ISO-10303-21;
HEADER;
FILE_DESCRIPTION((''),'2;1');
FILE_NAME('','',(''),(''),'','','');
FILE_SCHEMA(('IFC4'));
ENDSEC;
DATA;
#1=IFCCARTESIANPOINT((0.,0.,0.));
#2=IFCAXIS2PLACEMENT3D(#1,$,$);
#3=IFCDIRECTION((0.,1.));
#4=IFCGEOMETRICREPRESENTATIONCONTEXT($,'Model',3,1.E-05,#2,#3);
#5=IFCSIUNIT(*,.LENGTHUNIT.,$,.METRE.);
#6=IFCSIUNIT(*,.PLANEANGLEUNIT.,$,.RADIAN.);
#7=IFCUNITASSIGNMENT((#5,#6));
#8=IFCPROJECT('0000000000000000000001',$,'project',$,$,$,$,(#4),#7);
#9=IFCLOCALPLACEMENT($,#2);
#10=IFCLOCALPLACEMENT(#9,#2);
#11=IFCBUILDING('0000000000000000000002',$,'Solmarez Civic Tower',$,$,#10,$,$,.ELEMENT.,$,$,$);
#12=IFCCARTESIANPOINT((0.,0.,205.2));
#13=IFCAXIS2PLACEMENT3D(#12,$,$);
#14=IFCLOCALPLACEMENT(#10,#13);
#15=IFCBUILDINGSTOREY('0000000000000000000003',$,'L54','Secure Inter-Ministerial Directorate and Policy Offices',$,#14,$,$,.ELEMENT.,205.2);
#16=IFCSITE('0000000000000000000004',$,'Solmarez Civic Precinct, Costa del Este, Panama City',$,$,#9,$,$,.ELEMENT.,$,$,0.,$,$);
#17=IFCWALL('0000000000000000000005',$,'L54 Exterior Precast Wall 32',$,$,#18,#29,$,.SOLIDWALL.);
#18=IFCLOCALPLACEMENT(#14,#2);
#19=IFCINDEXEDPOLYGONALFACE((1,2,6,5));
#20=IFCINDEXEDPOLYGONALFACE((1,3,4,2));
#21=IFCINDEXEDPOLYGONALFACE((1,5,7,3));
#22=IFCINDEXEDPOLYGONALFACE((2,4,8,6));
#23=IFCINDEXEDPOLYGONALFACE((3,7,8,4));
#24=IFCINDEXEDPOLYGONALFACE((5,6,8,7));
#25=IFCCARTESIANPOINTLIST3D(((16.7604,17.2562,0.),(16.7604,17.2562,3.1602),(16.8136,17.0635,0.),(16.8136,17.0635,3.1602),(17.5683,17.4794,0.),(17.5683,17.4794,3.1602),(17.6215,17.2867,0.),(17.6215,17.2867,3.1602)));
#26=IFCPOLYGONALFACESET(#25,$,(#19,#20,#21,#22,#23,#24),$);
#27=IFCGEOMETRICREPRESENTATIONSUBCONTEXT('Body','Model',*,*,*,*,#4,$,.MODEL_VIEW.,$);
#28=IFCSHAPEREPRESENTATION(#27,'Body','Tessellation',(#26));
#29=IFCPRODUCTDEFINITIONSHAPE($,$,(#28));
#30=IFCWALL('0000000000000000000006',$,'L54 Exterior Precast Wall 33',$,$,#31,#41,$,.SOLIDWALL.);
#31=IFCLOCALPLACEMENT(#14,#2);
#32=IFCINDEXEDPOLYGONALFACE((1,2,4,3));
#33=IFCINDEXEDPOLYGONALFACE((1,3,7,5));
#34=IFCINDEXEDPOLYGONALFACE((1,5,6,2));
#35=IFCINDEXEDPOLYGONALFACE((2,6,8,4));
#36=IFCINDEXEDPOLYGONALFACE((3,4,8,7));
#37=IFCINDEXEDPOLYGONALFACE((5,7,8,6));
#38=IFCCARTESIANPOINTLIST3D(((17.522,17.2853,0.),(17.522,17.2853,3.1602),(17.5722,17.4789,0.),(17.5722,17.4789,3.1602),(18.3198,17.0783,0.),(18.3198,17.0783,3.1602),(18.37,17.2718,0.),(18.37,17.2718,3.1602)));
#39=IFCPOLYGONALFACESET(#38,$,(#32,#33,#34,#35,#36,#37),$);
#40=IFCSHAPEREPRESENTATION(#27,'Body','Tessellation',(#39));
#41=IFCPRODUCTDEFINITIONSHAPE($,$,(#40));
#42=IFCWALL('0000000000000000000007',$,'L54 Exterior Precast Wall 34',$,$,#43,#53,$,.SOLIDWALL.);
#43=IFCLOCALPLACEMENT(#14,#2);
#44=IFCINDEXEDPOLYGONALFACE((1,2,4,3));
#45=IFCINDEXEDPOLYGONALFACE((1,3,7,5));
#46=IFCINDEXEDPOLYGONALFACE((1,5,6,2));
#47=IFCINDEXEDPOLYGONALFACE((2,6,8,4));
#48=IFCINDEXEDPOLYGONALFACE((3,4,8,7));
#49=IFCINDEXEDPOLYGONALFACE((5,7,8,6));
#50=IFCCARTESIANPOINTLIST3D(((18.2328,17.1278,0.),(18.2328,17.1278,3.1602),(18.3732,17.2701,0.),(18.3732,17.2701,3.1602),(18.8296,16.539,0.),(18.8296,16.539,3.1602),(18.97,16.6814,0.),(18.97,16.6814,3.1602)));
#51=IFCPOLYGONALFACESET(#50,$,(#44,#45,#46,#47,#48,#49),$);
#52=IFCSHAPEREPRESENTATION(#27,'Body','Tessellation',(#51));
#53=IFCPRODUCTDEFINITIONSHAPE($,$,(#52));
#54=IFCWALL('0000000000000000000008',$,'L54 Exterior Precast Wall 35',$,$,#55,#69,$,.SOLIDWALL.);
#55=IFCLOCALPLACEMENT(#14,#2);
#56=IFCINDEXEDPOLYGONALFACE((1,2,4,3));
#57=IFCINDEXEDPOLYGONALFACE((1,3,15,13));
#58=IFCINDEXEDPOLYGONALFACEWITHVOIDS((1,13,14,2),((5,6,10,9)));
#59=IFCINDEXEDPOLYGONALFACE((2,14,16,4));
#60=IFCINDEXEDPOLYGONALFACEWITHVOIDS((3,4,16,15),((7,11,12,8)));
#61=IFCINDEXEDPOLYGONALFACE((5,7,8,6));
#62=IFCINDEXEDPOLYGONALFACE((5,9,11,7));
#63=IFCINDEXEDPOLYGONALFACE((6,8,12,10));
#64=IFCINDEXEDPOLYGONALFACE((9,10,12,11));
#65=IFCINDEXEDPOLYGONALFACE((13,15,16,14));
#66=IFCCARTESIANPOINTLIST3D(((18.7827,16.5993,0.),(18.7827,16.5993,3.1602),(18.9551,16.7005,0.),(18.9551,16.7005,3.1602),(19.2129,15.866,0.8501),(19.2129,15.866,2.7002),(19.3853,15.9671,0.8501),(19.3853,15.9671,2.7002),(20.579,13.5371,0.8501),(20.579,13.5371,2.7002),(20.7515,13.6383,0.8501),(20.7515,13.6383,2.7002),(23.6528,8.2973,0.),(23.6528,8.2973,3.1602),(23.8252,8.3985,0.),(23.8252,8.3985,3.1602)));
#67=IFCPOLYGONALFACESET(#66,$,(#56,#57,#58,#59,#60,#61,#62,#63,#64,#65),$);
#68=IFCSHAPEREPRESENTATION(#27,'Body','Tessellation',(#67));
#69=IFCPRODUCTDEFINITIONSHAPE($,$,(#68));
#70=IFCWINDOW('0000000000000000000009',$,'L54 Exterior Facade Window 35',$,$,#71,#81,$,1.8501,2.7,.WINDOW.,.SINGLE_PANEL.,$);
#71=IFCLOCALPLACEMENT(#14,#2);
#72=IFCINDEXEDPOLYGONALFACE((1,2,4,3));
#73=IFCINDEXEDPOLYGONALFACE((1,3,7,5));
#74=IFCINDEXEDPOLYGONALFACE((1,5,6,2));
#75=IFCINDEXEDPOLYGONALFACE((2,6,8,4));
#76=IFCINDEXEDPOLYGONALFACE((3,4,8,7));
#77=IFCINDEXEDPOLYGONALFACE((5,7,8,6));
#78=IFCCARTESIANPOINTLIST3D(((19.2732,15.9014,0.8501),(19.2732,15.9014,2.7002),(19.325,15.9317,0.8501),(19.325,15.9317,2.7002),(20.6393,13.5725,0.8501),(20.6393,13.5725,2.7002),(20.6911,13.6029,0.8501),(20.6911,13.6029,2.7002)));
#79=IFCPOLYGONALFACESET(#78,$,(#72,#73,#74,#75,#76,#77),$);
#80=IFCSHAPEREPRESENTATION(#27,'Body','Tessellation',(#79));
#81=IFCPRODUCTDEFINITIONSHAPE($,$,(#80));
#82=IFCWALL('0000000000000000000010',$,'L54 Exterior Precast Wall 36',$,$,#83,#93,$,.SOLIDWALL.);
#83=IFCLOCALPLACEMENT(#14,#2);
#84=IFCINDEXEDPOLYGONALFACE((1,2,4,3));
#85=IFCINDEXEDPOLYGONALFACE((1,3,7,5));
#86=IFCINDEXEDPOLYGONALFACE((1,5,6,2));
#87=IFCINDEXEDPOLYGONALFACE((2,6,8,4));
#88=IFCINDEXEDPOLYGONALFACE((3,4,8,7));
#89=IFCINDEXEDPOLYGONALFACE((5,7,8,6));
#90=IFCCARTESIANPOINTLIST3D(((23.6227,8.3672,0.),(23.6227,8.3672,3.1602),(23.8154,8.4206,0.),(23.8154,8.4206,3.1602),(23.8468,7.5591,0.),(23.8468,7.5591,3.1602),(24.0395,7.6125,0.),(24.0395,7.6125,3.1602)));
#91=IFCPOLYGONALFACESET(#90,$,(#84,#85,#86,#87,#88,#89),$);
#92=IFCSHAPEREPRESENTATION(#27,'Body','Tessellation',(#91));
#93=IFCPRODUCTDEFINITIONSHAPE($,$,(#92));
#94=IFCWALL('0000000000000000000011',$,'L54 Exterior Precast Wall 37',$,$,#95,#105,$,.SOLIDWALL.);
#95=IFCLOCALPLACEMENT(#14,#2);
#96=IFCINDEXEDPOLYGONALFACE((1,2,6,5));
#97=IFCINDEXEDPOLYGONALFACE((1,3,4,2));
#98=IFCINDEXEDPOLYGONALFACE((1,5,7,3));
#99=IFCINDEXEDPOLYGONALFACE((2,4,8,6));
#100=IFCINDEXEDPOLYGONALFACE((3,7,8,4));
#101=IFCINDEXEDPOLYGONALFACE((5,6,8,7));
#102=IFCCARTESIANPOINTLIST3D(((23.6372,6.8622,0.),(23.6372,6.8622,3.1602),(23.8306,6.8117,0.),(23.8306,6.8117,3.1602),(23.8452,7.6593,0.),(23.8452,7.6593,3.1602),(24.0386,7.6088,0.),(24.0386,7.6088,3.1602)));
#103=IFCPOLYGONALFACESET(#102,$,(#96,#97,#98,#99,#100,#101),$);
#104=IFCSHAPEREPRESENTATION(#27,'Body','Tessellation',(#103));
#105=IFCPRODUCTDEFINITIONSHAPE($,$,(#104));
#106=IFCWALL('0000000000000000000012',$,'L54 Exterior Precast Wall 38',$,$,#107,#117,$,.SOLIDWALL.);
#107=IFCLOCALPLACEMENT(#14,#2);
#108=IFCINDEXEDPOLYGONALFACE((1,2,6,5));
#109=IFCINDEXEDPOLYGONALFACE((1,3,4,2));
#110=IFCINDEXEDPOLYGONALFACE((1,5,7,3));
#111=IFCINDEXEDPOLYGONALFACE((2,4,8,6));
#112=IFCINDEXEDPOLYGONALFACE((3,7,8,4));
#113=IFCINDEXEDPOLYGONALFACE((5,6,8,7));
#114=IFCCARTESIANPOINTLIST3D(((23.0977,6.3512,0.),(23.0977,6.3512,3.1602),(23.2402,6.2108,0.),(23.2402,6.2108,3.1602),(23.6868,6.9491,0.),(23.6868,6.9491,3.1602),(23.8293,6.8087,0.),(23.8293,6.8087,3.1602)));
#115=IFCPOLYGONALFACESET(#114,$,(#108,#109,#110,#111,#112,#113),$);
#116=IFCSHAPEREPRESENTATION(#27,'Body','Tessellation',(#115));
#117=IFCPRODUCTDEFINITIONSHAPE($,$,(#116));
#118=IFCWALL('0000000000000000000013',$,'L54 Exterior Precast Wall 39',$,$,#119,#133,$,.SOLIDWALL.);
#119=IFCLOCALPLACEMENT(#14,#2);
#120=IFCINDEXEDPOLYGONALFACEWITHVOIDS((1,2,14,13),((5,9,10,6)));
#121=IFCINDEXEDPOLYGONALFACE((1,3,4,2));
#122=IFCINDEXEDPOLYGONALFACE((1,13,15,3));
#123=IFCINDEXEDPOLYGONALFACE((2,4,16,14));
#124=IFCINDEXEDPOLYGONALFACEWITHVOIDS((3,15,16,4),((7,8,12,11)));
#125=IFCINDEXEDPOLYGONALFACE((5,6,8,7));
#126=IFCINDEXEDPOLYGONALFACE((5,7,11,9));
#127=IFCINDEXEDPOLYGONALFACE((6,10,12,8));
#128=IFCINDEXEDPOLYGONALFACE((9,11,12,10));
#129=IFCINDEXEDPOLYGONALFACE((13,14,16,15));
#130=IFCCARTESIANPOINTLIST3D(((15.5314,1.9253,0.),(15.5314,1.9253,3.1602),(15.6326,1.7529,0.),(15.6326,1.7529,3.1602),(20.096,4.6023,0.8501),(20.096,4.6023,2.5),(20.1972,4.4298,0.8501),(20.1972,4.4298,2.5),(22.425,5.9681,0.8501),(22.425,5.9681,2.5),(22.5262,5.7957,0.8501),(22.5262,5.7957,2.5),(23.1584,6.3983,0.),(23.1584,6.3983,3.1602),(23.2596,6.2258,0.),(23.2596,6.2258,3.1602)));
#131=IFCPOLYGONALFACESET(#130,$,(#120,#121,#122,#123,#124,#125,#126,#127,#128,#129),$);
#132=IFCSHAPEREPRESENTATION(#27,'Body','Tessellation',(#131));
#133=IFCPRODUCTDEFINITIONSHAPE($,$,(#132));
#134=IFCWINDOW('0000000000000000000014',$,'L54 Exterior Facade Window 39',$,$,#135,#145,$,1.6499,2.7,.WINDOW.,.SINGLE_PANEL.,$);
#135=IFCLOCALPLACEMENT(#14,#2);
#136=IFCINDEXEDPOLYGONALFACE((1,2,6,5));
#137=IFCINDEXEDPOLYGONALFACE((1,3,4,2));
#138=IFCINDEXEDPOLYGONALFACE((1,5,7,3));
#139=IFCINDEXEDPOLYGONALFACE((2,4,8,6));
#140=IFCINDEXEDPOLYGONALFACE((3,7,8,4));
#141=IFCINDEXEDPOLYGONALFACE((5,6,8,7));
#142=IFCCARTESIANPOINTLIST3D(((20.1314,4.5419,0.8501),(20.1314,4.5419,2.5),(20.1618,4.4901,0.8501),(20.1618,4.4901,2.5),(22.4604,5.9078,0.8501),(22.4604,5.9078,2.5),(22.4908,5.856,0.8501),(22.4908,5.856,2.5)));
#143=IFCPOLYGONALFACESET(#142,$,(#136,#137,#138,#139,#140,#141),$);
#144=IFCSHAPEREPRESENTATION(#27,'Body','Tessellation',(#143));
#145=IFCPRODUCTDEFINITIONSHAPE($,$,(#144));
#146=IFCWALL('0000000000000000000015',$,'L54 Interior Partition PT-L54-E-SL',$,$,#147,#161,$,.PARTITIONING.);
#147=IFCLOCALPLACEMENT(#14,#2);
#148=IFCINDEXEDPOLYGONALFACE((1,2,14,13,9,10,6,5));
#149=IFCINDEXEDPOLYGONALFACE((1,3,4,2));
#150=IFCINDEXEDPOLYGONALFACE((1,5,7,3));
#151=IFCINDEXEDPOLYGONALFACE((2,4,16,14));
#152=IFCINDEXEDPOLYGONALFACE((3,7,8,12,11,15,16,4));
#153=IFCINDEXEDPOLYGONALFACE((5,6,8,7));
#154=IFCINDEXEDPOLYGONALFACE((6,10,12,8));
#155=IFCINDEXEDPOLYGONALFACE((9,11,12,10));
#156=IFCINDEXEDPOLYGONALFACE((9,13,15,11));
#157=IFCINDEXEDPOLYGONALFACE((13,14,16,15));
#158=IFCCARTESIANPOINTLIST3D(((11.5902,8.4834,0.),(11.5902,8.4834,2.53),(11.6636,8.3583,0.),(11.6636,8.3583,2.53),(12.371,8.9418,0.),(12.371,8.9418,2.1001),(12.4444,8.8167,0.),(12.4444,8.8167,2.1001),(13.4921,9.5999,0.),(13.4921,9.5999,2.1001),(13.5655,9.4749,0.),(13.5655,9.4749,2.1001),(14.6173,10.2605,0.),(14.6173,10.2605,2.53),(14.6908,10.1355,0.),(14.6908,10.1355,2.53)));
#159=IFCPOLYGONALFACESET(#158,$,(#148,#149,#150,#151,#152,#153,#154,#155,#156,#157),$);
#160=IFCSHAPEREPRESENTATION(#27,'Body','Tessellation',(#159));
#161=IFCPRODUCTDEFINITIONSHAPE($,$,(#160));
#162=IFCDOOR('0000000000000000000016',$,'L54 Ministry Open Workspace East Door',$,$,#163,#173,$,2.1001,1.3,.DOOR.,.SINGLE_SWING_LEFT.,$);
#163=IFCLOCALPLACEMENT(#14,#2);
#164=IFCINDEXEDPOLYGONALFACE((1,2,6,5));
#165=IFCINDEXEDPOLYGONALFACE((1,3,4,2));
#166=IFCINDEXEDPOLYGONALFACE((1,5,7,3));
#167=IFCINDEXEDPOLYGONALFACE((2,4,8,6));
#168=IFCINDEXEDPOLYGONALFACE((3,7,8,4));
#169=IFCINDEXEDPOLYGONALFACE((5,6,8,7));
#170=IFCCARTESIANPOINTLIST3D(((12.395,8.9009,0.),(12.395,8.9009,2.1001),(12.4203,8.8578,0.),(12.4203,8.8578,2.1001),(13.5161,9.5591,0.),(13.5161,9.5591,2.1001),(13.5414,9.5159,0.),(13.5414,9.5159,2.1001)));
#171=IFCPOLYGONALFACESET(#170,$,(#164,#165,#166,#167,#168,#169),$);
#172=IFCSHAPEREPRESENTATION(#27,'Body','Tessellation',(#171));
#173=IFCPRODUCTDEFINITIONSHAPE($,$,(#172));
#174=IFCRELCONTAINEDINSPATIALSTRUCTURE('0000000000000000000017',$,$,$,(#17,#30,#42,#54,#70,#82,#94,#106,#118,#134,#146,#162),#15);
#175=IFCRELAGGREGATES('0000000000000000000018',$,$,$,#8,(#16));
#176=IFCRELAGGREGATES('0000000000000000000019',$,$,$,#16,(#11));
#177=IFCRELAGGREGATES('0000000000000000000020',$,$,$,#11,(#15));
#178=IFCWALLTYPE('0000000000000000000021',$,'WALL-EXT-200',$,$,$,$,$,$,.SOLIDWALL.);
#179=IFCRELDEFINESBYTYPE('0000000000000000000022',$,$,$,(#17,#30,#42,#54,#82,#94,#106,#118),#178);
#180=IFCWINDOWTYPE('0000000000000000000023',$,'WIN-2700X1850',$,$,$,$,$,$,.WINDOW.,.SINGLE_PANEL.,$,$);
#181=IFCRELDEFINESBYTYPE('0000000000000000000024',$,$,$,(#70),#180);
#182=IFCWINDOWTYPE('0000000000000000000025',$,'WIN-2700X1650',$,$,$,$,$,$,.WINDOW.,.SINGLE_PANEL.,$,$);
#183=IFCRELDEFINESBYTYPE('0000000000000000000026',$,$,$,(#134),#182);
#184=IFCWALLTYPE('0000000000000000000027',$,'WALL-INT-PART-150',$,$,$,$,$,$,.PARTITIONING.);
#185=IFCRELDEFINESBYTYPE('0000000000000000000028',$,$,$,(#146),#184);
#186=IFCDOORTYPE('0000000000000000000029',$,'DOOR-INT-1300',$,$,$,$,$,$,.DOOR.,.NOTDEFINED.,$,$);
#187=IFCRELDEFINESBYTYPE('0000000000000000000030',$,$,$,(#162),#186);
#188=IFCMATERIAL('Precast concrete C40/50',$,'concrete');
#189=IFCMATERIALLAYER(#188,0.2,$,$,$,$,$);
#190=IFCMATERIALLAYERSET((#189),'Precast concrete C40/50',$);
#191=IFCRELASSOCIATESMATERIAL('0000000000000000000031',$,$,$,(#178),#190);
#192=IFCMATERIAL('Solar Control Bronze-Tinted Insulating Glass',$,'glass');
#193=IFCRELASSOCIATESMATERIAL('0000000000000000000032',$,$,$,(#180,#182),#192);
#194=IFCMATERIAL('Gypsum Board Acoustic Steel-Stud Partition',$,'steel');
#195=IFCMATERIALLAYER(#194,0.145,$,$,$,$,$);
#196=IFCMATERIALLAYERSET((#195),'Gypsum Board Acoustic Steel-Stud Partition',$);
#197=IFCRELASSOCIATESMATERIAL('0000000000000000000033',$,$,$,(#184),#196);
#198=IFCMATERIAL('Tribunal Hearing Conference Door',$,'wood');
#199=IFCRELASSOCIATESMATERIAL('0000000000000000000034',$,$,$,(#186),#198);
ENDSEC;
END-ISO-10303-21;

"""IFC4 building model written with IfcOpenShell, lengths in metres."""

from ifc_helpers import new_model, si_unit, direction, frame, frame_2d, origin, place, context, subcontext, project, spatial, rectangle, extrude, material, layer, layer_set, type_object, element, fill, save


model = new_model("IFC4")

# Units and contexts
model_context = context("Model", 3, precision=1e-05, world=origin(), true_north=direction((0.0, 1.0)))
body_context = subcontext(model_context, "Body", "Model", "MODEL_VIEW")
ifc_project = project(units=[si_unit("LENGTHUNIT", "METRE"), si_unit("PLANEANGLEUNIT", "RADIAN")], contexts=[model_context])

# Site, building, storey
site_placement = place(None, origin())
site = spatial("IfcSite", under=ifc_project, at=site_placement, Name="Solmarez Civic Precinct, Costa del Este, Panama City", CompositionType="ELEMENT", RefElevation=0.0)
building_placement = place(site_placement, origin())
building = spatial("IfcBuilding", under=site, at=building_placement, Name="Solmarez Civic Tower", CompositionType="ELEMENT")
storey_placement = place(building_placement, frame((0.0, 0.0, 205.2)))
storey = spatial("IfcBuildingStorey", under=building, at=storey_placement, Name="L54", Description="Secure Inter-Ministerial Directorate and Policy Offices", CompositionType="ELEMENT", Elevation=205.2)

# Walls
ifc_material_1 = material(Name="Precast concrete C40/50", Category="concrete")
ifc_layer_1 = layer(ifc_material_1, 0.2)
ifc_layer_set_1 = layer_set([ifc_layer_1], Name="Precast concrete C40/50")
wall_type_1 = type_object("IfcWallType", Name="WALL-EXT-200", PredefinedType="SOLIDWALL", material=ifc_layer_set_1)
wall_1_placement = place(storey_placement, frame((16.7871, 17.1599, 0.0), z_axis=(0.0, 0.0, 1.0), x_axis=(0.963905, 0.266246, 0.0)))
element("IfcWall", 1, at=wall_1_placement, inside=storey, type_object=wall_type_1, Name="L54 Exterior Precast Wall 32", PredefinedType="SOLIDWALL", context=body_context, shape_type="SweptSolid", body=[
    extrude(rectangle(XDim=0.8381, YDim=0.2, at=frame_2d((0.4189, 0.0))), origin(), (0.0, 0.0, 1.0), 3.1602),
])
wall_2_placement = place(storey_placement, frame((17.5471, 17.3821, 0.0), z_axis=(0.0, 0.0, 1.0), x_axis=(0.967944, -0.251168, 0.0)))
element("IfcWall", 2, at=wall_2_placement, inside=storey, type_object=wall_type_1, Name="L54 Exterior Precast Wall 33", PredefinedType="SOLIDWALL", context=body_context, shape_type="SweptSolid", body=[
    extrude(rectangle(XDim=0.8242, YDim=0.2, at=frame_2d((0.4121, 0.0))), origin(), (0.0, 0.0, 1.0), 3.1602),
])
wall_3_placement = place(storey_placement, frame((18.303, 17.199, 0.0), z_axis=(0.0, 0.0, 1.0), x_axis=(0.711895, -0.702286, 0.0)))
element("IfcWall", 3, at=wall_3_placement, inside=storey, type_object=wall_type_1, Name="L54 Exterior Precast Wall 34", PredefinedType="SOLIDWALL", context=body_context, shape_type="SweptSolid", body=[
    extrude(rectangle(XDim=0.8384, YDim=0.2, at=frame_2d((0.4192, 0.0))), origin(), (0.0, 0.0, 1.0), 3.1602),
])

# Wall, opening, window
wall_4_placement = place(storey_placement, frame((18.8689, 16.6499, 0.0), z_axis=(0.0, 0.0, 1.0), x_axis=(0.505984, -0.862543, 0.0)))
wall_4 = element("IfcWall", 4, at=wall_4_placement, inside=storey, type_object=wall_type_1, Name="L54 Exterior Precast Wall 35", PredefinedType="SOLIDWALL", context=body_context, shape_type="SweptSolid", body=[
    extrude(rectangle(XDim=9.625, YDim=0.2, at=frame_2d((4.8125, 0.0))), origin(), (0.0, 0.0, 1.0), 3.1602),
])
opening_1_placement = place(wall_4_placement, frame((0.8501, 0.0, 0.8501)))
opening_1 = element("IfcOpeningElement", 5, at=opening_1_placement, cuts=wall_4, PredefinedType="OPENING", context=body_context, shape_type="SweptSolid", body=[
    extrude(rectangle(XDim=2.7, YDim=1.8501, at=frame_2d((1.3501, 0.925))), frame((0.0, 0.1099, 0.0), z_axis=(0.0, -1.0, 0.0), x_axis=(1.0, 0.0, 0.0)), (0.0, 0.0, 1.0), 0.22),
])
ifc_material_2 = material(Name="Solar Control Bronze-Tinted Insulating Glass", Category="glass")
window_type_1 = type_object("IfcWindowType", Name="WIN-2700X1850", PartitioningType="SINGLE_PANEL", PredefinedType="WINDOW", material=ifc_material_2)
window_1_placement = place(opening_1_placement, origin())
window_1 = element("IfcWindow", 6, at=window_1_placement, inside=storey, type_object=window_type_1, Name="L54 Exterior Facade Window 35", OverallHeight=1.8501, OverallWidth=2.7, PartitioningType="SINGLE_PANEL", PredefinedType="WINDOW", context=body_context, shape_type="SweptSolid", body=[
    extrude(rectangle(XDim=2.7, YDim=1.8501, at=frame_2d((1.3501, 0.925))), frame((0.0, 0.03, 0.0), z_axis=(0.0, -1.0, 0.0), x_axis=(1.0, 0.0, 0.0)), (0.0, 0.0, 1.0), 0.0601),
])
fill(opening_1, window_1)

# Walls
wall_5_placement = place(storey_placement, frame((23.719, 8.394, 0.0), z_axis=(0.0, 0.0, 1.0), x_axis=(0.267253, -0.963626, 0.0)))
element("IfcWall", 7, at=wall_5_placement, inside=storey, type_object=wall_type_1, Name="L54 Exterior Precast Wall 36", PredefinedType="SOLIDWALL", context=body_context, shape_type="SweptSolid", body=[
    extrude(rectangle(XDim=0.8386, YDim=0.2, at=frame_2d((0.4194, 0.0))), origin(), (0.0, 0.0, 1.0), 3.1602),
])
wall_6_placement = place(storey_placement, frame((23.9419, 7.634, 0.0), z_axis=(0.0, 0.0, 1.0), x_axis=(-0.252494, -0.967598, 0.0)))
element("IfcWall", 8, at=wall_6_placement, inside=storey, type_object=wall_type_1, Name="L54 Exterior Precast Wall 37", PredefinedType="SOLIDWALL", context=body_context, shape_type="SweptSolid", body=[
    extrude(rectangle(XDim=0.8237, YDim=0.2, at=frame_2d((0.4119, 0.0))), origin(), (0.0, 0.0, 1.0), 3.1602),
])
wall_7_placement = place(storey_placement, frame((23.7581, 6.8789, 0.0), z_axis=(0.0, 0.0, 1.0), x_axis=(-0.701852, -0.712323, 0.0)))
element("IfcWall", 9, at=wall_7_placement, inside=storey, type_object=wall_type_1, Name="L54 Exterior Precast Wall 38", PredefinedType="SOLIDWALL", context=body_context, shape_type="SweptSolid", body=[
    extrude(rectangle(XDim=0.8394, YDim=0.2, at=frame_2d((0.4197, 0.0))), origin(), (0.0, 0.0, 1.0), 3.1602),
])

# Wall, opening, window
wall_8_placement = place(storey_placement, frame((23.209, 6.312, 0.0), z_axis=(0.0, 0.0, 1.0), x_axis=(-0.862603, -0.505882, 0.0)))
wall_8 = element("IfcWall", 10, at=wall_8_placement, inside=storey, type_object=wall_type_1, Name="L54 Exterior Precast Wall 39", PredefinedType="SOLIDWALL", context=body_context, shape_type="SweptSolid", body=[
    extrude(rectangle(XDim=8.8418, YDim=0.2, at=frame_2d((4.4209, 0.0))), origin(), (0.0, 0.0, 1.0), 3.1602),
])
opening_2_placement = place(wall_8_placement, frame((0.8501, 0.0, 0.8501)))
opening_2 = element("IfcOpeningElement", 11, at=opening_2_placement, cuts=wall_8, PredefinedType="OPENING", context=body_context, shape_type="SweptSolid", body=[
    extrude(rectangle(XDim=2.7, YDim=1.6499, at=frame_2d((1.3501, 0.825))), frame((0.0, 0.1099, 0.0), z_axis=(0.0, -1.0, 0.0), x_axis=(1.0, 0.0, 0.0)), (0.0, 0.0, 1.0), 0.22),
])
window_type_2 = type_object("IfcWindowType", Name="WIN-2700X1650", PartitioningType="SINGLE_PANEL", PredefinedType="WINDOW", material=ifc_material_2)
window_2_placement = place(opening_2_placement, origin())
window_2 = element("IfcWindow", 12, at=window_2_placement, inside=storey, type_object=window_type_2, Name="L54 Exterior Facade Window 39", OverallHeight=1.6499, OverallWidth=2.7, PartitioningType="SINGLE_PANEL", PredefinedType="WINDOW", context=body_context, shape_type="SweptSolid", body=[
    extrude(rectangle(XDim=2.7, YDim=1.6499, at=frame_2d((1.3501, 0.825))), frame((0.0, 0.03, 0.0), z_axis=(0.0, -1.0, 0.0), x_axis=(1.0, 0.0, 0.0)), (0.0, 0.0, 1.0), 0.0601),
])
fill(opening_2, window_2)

# Wall, opening, door
ifc_material_3 = material(Name="Gypsum Board Acoustic Steel-Stud Partition", Category="steel")
ifc_layer_2 = layer(ifc_material_3, 0.145)
ifc_layer_set_2 = layer_set([ifc_layer_2], Name="Gypsum Board Acoustic Steel-Stud Partition")
wall_type_2 = type_object("IfcWallType", Name="WALL-INT-PART-150", PredefinedType="PARTITIONING", material=ifc_layer_set_2)
wall_9_placement = place(storey_placement, frame((14.6541, 10.198, 0.0), z_axis=(0.0, 0.0, 1.0), x_axis=(-0.862376, -0.506269, 0.0)))
wall_9 = element("IfcWall", 13, at=wall_9_placement, inside=storey, type_object=wall_type_2, Name="L54 Interior Partition PT-L54-E-SL", PredefinedType="PARTITIONING", context=body_context, shape_type="SweptSolid", body=[
    extrude(rectangle(XDim=3.5103, YDim=0.145, at=frame_2d((1.7551, 0.0))), origin(), (0.0, 0.0, 1.0), 2.53),
])
opening_3_placement = place(wall_9_placement, frame((1.3049, 0.0, 0.0)))
opening_3 = element("IfcOpeningElement", 14, at=opening_3_placement, cuts=wall_9, PredefinedType="OPENING", context=body_context, shape_type="SweptSolid", body=[
    extrude(rectangle(XDim=1.3, YDim=2.1001, at=frame_2d((0.6499, 1.05))), frame((0.0, 0.0825, 0.0), z_axis=(0.0, -1.0, 0.0), x_axis=(1.0, 0.0, 0.0)), (0.0, 0.0, 1.0), 0.165),
])
ifc_material_4 = material(Name="Tribunal Hearing Conference Door", Category="wood")
door_type_1 = type_object("IfcDoorType", Name="DOOR-INT-1300", OperationType="NOTDEFINED", PredefinedType="DOOR", material=ifc_material_4)
door_1_placement = place(opening_3_placement, origin())
door_1 = element("IfcDoor", 15, at=door_1_placement, inside=storey, type_object=door_type_1, Name="L54 Ministry Open Workspace East Door", OperationType="SINGLE_SWING_LEFT", OverallHeight=2.1001, OverallWidth=1.3, PredefinedType="DOOR", context=body_context, shape_type="SweptSolid", body=[
    extrude(rectangle(XDim=1.3, YDim=2.1001, at=frame_2d((0.6499, 1.05))), frame((0.0, 0.0249, 0.0), z_axis=(0.0, -1.0, 0.0), x_axis=(1.0, 0.0, 0.0)), (0.0, 0.0, 1.0), 0.05),
])
fill(opening_3, door_1)

save(model, "model.ifc")
